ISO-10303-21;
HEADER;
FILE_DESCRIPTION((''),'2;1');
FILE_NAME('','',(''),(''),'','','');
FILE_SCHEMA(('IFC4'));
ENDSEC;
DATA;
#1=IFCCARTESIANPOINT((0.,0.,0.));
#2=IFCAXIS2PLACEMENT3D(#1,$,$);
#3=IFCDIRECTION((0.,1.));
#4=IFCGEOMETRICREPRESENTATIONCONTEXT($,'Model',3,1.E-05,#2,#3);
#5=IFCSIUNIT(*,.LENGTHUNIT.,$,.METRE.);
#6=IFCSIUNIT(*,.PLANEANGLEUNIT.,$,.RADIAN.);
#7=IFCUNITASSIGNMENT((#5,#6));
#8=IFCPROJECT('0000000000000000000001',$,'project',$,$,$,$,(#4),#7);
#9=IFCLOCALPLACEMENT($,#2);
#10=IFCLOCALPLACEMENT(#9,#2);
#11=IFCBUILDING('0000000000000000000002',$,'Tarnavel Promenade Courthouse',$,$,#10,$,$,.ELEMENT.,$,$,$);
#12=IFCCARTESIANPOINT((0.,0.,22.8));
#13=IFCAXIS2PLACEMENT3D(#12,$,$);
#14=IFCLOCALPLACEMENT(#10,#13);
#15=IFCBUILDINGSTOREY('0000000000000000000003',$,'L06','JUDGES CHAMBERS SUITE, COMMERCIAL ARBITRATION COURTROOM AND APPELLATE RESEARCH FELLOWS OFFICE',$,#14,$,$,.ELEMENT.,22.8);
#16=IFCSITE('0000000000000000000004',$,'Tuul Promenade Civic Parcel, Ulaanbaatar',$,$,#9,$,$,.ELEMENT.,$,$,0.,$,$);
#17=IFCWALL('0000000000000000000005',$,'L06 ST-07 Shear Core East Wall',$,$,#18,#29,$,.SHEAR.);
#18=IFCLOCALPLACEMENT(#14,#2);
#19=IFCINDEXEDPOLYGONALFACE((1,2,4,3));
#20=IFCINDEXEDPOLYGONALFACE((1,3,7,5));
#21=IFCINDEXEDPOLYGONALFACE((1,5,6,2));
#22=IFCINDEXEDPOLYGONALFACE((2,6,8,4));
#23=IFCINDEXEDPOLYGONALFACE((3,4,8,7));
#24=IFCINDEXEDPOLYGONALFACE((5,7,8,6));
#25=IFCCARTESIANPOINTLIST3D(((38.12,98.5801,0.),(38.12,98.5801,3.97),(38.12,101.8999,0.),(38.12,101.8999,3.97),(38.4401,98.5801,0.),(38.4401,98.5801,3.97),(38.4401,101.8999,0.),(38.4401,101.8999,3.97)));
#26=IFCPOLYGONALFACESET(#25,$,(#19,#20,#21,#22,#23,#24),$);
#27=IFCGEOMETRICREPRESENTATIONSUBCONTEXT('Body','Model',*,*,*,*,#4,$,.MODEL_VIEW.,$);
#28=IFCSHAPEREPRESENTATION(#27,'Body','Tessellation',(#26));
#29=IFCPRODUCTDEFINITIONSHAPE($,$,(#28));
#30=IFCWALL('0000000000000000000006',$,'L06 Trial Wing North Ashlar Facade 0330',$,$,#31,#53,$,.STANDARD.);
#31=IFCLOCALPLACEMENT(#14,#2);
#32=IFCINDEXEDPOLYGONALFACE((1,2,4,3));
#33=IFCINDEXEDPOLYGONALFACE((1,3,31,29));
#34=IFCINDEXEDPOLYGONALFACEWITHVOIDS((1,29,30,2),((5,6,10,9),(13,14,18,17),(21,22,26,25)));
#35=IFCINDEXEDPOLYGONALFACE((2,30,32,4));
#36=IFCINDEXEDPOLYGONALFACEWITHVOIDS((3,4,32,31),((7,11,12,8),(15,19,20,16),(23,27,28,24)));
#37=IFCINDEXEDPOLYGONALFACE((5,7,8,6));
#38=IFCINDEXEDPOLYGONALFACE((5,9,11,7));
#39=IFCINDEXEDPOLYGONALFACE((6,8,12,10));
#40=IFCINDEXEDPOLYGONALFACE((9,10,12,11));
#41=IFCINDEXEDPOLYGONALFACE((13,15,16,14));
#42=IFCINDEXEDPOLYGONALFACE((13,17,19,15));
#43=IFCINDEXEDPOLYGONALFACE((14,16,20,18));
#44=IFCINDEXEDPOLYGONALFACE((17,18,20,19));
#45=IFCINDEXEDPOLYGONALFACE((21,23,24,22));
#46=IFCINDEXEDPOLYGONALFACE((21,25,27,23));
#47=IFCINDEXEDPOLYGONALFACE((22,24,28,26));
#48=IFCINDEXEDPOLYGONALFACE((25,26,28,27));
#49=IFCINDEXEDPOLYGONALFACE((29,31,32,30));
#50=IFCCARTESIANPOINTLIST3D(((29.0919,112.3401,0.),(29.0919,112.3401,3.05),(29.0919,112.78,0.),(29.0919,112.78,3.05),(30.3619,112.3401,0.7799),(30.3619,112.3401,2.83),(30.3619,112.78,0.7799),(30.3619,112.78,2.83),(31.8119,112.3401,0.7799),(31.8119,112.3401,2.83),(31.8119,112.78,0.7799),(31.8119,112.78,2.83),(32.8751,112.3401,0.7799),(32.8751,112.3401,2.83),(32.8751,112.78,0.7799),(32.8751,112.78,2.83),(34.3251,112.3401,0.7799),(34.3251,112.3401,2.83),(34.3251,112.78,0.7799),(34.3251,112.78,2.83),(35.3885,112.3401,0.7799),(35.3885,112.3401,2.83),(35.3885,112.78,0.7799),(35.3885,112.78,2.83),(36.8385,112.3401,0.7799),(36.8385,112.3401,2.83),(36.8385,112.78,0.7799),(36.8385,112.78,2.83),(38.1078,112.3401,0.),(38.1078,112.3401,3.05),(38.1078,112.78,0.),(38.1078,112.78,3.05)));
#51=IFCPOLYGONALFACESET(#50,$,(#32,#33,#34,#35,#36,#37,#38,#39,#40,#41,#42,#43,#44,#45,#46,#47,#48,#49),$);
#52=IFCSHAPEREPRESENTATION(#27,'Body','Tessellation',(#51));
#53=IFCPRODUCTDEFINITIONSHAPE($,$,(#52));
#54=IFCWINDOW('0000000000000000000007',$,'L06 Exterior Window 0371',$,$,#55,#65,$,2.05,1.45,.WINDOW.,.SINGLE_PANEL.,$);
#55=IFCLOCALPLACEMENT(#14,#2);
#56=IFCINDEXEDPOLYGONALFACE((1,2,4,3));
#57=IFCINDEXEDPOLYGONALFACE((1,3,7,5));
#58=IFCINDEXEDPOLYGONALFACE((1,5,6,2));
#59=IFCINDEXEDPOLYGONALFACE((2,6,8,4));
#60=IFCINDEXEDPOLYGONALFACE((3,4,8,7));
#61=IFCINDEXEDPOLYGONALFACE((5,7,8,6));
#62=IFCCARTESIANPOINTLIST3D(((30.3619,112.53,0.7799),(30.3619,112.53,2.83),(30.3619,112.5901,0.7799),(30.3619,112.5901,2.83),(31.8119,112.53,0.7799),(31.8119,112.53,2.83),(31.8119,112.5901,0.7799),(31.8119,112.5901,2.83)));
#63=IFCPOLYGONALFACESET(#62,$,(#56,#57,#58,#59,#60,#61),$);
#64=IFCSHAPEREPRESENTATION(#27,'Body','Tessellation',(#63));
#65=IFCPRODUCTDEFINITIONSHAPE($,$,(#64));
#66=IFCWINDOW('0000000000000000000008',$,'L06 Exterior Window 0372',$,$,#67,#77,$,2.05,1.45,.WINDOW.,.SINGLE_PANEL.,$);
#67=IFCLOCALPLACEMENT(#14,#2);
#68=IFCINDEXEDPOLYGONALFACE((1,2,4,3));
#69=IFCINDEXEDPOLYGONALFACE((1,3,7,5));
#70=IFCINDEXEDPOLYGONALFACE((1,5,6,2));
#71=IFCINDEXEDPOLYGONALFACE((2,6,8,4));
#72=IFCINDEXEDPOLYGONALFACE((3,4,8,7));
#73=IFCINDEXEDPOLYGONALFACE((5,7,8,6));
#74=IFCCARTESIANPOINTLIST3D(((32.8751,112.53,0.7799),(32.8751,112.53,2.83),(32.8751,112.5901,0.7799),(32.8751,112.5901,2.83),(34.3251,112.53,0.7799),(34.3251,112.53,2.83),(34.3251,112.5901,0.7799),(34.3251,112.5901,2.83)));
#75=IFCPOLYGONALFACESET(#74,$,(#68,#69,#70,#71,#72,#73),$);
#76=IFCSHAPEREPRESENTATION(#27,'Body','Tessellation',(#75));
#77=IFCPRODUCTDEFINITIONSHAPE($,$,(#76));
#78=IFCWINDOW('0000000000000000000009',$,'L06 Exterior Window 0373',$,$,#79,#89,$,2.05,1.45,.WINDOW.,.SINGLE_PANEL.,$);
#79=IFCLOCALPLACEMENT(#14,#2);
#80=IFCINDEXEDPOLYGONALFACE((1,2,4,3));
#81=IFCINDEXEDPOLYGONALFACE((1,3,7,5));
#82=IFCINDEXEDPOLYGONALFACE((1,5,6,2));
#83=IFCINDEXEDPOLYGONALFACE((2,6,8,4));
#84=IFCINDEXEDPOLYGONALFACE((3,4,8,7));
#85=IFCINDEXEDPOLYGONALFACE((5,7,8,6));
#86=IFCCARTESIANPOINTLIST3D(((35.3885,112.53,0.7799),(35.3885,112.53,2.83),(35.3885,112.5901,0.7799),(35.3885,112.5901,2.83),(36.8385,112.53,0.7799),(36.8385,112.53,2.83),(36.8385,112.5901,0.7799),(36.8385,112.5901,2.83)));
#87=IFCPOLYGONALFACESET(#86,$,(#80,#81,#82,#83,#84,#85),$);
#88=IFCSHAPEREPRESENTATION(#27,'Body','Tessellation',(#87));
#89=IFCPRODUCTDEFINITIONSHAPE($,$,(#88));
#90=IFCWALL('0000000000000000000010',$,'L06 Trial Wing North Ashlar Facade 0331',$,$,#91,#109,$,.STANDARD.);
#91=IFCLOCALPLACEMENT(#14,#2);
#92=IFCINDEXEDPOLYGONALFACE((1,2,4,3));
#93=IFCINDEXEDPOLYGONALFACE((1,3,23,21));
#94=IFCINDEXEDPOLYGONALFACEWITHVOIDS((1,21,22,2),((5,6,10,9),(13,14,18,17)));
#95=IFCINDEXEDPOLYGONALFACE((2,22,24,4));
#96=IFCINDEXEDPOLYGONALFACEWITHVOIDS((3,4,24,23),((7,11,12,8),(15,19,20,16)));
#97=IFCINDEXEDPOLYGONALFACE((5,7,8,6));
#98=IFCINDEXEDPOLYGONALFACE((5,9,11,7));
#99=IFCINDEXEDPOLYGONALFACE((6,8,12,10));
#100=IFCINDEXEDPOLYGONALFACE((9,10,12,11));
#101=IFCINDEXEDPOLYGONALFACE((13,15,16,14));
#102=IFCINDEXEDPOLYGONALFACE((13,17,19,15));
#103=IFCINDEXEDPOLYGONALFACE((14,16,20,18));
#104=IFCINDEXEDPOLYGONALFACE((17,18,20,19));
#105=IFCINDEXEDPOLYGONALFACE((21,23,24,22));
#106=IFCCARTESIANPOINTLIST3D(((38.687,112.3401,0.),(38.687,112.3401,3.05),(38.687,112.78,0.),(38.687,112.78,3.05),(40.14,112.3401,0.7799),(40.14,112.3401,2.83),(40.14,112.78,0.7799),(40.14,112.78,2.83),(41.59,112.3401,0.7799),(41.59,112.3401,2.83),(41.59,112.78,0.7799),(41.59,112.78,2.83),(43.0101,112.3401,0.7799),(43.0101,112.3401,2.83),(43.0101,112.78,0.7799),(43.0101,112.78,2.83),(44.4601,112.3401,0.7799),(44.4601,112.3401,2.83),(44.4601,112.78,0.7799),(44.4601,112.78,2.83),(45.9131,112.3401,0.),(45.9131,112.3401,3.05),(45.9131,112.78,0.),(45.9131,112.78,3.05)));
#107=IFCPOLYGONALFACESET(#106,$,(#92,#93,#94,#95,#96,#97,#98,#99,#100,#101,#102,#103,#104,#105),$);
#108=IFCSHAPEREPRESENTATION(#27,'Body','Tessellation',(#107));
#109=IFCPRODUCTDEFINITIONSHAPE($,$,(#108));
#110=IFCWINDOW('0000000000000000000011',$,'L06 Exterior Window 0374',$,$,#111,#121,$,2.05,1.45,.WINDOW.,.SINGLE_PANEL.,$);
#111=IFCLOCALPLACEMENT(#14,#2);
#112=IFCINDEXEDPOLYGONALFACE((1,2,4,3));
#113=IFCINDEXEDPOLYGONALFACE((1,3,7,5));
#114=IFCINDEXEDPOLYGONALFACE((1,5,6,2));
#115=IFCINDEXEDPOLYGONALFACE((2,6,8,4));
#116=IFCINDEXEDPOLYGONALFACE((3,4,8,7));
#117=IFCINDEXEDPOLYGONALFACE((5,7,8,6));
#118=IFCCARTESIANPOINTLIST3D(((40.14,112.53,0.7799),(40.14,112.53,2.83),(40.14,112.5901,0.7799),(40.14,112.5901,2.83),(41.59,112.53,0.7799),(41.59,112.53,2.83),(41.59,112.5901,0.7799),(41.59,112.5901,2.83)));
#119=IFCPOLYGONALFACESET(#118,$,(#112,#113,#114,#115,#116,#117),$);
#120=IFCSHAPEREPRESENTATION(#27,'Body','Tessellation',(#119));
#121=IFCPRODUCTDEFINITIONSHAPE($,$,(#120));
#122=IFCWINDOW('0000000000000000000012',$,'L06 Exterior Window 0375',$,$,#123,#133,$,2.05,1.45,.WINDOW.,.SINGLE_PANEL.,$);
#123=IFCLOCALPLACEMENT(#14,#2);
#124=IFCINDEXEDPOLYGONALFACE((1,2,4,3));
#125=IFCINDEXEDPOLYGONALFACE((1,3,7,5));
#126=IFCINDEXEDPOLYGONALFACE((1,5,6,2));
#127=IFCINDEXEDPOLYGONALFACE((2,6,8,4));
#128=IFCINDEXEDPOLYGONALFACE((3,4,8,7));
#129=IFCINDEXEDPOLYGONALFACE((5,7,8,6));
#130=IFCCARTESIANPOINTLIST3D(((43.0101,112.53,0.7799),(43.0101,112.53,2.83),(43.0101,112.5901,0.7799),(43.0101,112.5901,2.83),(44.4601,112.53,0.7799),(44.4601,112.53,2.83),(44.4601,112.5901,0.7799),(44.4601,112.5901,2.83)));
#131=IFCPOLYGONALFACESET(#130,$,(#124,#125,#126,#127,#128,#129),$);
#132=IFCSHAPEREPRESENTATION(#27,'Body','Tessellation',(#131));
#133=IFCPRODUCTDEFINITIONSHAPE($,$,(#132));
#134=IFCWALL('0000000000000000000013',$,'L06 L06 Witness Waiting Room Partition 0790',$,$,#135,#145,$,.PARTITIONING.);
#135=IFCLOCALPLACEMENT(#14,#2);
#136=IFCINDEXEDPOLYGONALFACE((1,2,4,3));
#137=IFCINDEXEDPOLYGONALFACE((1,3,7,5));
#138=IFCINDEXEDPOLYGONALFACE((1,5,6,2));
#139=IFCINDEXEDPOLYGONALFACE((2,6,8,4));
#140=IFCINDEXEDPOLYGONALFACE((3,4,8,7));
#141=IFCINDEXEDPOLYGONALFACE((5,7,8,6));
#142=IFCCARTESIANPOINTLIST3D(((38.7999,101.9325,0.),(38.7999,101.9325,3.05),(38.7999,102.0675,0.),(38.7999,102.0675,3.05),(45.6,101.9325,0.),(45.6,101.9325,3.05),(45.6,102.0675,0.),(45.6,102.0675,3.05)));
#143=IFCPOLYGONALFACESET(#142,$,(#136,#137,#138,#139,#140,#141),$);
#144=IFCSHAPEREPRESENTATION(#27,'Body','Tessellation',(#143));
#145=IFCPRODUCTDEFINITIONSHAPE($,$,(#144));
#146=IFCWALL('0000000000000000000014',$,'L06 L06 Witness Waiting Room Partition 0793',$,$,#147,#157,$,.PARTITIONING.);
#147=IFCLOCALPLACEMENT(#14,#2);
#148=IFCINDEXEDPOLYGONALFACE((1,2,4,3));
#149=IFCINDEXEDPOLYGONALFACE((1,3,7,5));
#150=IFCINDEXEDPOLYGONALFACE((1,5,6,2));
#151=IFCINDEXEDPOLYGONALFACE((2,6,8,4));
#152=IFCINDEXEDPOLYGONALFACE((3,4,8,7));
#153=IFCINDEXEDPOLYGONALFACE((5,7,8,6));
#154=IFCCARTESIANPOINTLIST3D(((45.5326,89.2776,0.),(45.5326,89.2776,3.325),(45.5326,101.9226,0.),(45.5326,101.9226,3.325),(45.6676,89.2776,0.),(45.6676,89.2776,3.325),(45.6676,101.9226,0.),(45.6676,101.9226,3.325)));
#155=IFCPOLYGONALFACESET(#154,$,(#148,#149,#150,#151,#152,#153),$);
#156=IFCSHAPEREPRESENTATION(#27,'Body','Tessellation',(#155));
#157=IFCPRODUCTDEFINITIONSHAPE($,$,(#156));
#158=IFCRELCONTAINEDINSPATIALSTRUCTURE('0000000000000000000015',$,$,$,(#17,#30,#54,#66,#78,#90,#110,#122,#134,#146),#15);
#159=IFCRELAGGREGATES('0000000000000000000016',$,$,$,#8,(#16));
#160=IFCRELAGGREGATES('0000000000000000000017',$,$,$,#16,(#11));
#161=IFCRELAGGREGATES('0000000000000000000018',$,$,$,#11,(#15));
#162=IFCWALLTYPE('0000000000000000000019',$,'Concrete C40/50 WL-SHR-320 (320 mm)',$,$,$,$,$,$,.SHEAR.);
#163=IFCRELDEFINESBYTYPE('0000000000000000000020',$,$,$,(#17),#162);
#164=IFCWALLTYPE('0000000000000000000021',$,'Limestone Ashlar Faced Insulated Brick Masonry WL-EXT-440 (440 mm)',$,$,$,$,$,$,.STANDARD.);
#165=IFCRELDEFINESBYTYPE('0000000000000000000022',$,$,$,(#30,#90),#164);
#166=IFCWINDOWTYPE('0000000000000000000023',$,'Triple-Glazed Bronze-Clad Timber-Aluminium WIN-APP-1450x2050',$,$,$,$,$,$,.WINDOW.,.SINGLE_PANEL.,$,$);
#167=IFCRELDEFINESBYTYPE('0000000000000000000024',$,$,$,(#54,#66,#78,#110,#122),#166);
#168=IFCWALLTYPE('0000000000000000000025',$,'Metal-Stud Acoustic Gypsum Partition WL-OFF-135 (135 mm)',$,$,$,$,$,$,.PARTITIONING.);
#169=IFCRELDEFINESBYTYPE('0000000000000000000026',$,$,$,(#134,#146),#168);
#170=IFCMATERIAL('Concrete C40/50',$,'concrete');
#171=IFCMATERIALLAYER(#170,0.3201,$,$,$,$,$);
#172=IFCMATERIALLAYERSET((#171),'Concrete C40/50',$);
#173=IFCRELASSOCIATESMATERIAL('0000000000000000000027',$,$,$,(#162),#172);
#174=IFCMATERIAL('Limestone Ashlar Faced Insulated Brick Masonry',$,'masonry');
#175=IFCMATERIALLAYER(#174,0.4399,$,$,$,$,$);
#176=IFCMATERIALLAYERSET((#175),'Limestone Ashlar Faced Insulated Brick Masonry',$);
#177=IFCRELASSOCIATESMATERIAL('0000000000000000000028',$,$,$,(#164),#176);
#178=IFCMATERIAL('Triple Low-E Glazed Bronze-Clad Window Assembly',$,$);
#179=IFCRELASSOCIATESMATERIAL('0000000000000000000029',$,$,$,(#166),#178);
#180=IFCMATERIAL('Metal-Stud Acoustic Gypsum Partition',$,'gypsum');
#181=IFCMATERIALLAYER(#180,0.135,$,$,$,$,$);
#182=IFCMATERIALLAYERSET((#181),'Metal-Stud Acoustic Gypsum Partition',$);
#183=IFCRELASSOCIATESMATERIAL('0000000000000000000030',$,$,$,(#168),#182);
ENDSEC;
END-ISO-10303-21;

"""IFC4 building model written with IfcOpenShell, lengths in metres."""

from ifc_helpers import new_model, si_unit, direction, frame, frame_2d, origin, place, context, subcontext, project, spatial, rectangle, extrude, material, layer, layer_set, type_object, element, fill, save


model = new_model("IFC4")

# Units and contexts
model_context = context("Model", 3, precision=1e-05, world=origin(), true_north=direction((0.0, 1.0)))
body_context = subcontext(model_context, "Body", "Model", "MODEL_VIEW")
ifc_project = project(units=[si_unit("LENGTHUNIT", "METRE"), si_unit("PLANEANGLEUNIT", "RADIAN")], contexts=[model_context])

# Site, building, storey
site_placement = place(None, origin())
site = spatial("IfcSite", under=ifc_project, at=site_placement, Name="Tuul Promenade Civic Parcel, Ulaanbaatar", CompositionType="ELEMENT", RefElevation=0.0)
building_placement = place(site_placement, origin())
building = spatial("IfcBuilding", under=site, at=building_placement, Name="Tarnavel Promenade Courthouse", CompositionType="ELEMENT")
storey_placement = place(building_placement, frame((0.0, 0.0, 22.8)))
storey = spatial("IfcBuildingStorey", under=building, at=storey_placement, Name="L06", Description="JUDGES CHAMBERS SUITE, COMMERCIAL ARBITRATION COURTROOM AND APPELLATE RESEARCH FELLOWS OFFICE", CompositionType="ELEMENT", Elevation=22.8)

# Shared definitions
ifc_material_1 = material(Name="Concrete C40/50", Category="concrete")

# Shared definitions
ifc_layer_1 = layer(ifc_material_1, 0.3201)
ifc_layer_set_1 = layer_set([ifc_layer_1], Name="Concrete C40/50")
wall_type_1 = type_object("IfcWallType", Name="Concrete C40/50 WL-SHR-320 (320 mm)", PredefinedType="SHEAR", material=ifc_layer_set_1)

# Wall
wall_1_placement = place(storey_placement, frame((38.28, 101.8999, 0.0), z_axis=(0.0, 0.0, 1.0), x_axis=(0.0, -1.0, 0.0)))
element("IfcWall", 1, at=wall_1_placement, inside=storey, type_object=wall_type_1, Name="L06 ST-07 Shear Core East Wall", PredefinedType="SHEAR", context=body_context, shape_type="SweptSolid", body=[
    extrude(rectangle(XDim=3.3198, YDim=0.3201, at=frame_2d((1.6599, 0.0))), origin(), (0.0, 0.0, 1.0), 3.97),
])

# Walls, openings, windows
ifc_material_2 = material(Name="Limestone Ashlar Faced Insulated Brick Masonry", Category="masonry")
ifc_layer_2 = layer(ifc_material_2, 0.4399)
ifc_layer_set_2 = layer_set([ifc_layer_2], Name="Limestone Ashlar Faced Insulated Brick Masonry")
wall_type_2 = type_object("IfcWallType", Name="Limestone Ashlar Faced Insulated Brick Masonry WL-EXT-440 (440 mm)", PredefinedType="STANDARD", material=ifc_layer_set_2)
wall_2_placement = place(storey_placement, frame((29.092, 112.5601, 0.0), z_axis=(0.0, 0.0, 1.0), x_axis=(1.0, 0.0, 0.0)))
wall_2 = element("IfcWall", 2, at=wall_2_placement, inside=storey, type_object=wall_type_2, Name="L06 Trial Wing North Ashlar Facade 0330", PredefinedType="STANDARD", context=body_context, shape_type="SweptSolid", body=[
    extrude(rectangle(XDim=9.0159, YDim=0.4399, at=frame_2d((4.5078, 0.0))), origin(), (0.0, 0.0, 1.0), 3.05),
])
opening_1_placement = place(wall_2_placement, frame((1.2698, 0.0, 0.78)))
opening_1 = element("IfcOpeningElement", 3, at=opening_1_placement, cuts=wall_2, PredefinedType="OPENING", context=body_context, shape_type="SweptSolid", body=[
    extrude(rectangle(XDim=1.45, YDim=2.05, at=frame_2d((0.7251, 1.0249))), frame((0.0, 0.23, 0.0), z_axis=(0.0, -1.0, 0.0), x_axis=(1.0, 0.0, 0.0)), (0.0, 0.0, 1.0), 0.46),
])
opening_2_placement = place(wall_2_placement, frame((3.783, 0.0, 0.78)))
opening_2 = element("IfcOpeningElement", 4, at=opening_2_placement, cuts=wall_2, PredefinedType="OPENING", context=body_context, shape_type="SweptSolid", body=[
    extrude(rectangle(XDim=1.45, YDim=2.05, at=frame_2d((0.7251, 1.0249))), frame((0.0, 0.23, 0.0), z_axis=(0.0, -1.0, 0.0), x_axis=(1.0, 0.0, 0.0)), (0.0, 0.0, 1.0), 0.46),
])
opening_3_placement = place(wall_2_placement, frame((6.2964, 0.0, 0.78)))
opening_3 = element("IfcOpeningElement", 5, at=opening_3_placement, cuts=wall_2, PredefinedType="OPENING", context=body_context, shape_type="SweptSolid", body=[
    extrude(rectangle(XDim=1.45, YDim=2.05, at=frame_2d((0.7251, 1.0249))), frame((0.0, 0.23, 0.0), z_axis=(0.0, -1.0, 0.0), x_axis=(1.0, 0.0, 0.0)), (0.0, 0.0, 1.0), 0.46),
])
ifc_material_3 = material(Name="Triple Low-E Glazed Bronze-Clad Window Assembly")
window_type = type_object("IfcWindowType", Name="Triple-Glazed Bronze-Clad Timber-Aluminium WIN-APP-1450x2050", PartitioningType="SINGLE_PANEL", PredefinedType="WINDOW", material=ifc_material_3)
window_1_placement = place(opening_1_placement, origin())
window_1 = element("IfcWindow", 6, at=window_1_placement, inside=storey, type_object=window_type, Name="L06 Exterior Window 0371", OverallHeight=2.05, OverallWidth=1.45, PartitioningType="SINGLE_PANEL", PredefinedType="WINDOW", context=body_context, shape_type="SweptSolid", body=[
    extrude(rectangle(XDim=1.45, YDim=2.05, at=frame_2d((0.7251, 1.0249))), frame((0.0, 0.03, 0.0), z_axis=(0.0, -1.0, 0.0), x_axis=(1.0, 0.0, 0.0)), (0.0, 0.0, 1.0), 0.0601),
])
fill(opening_1, window_1)
window_2_placement = place(opening_2_placement, origin())
window_2 = element("IfcWindow", 7, at=window_2_placement, inside=storey, type_object=window_type, Name="L06 Exterior Window 0372", OverallHeight=2.05, OverallWidth=1.45, PartitioningType="SINGLE_PANEL", PredefinedType="WINDOW", context=body_context, shape_type="SweptSolid", body=[
    extrude(rectangle(XDim=1.45, YDim=2.05, at=frame_2d((0.7251, 1.0249))), frame((0.0, 0.03, 0.0), z_axis=(0.0, -1.0, 0.0), x_axis=(1.0, 0.0, 0.0)), (0.0, 0.0, 1.0), 0.0601),
])
fill(opening_2, window_2)
window_3_placement = place(opening_3_placement, origin())
window_3 = element("IfcWindow", 8, at=window_3_placement, inside=storey, type_object=window_type, Name="L06 Exterior Window 0373", OverallHeight=2.05, OverallWidth=1.45, PartitioningType="SINGLE_PANEL", PredefinedType="WINDOW", context=body_context, shape_type="SweptSolid", body=[
    extrude(rectangle(XDim=1.45, YDim=2.05, at=frame_2d((0.7251, 1.0249))), frame((0.0, 0.03, 0.0), z_axis=(0.0, -1.0, 0.0), x_axis=(1.0, 0.0, 0.0)), (0.0, 0.0, 1.0), 0.0601),
])
fill(opening_3, window_3)
wall_3_placement = place(storey_placement, frame((38.687, 112.5601, 0.0), z_axis=(0.0, 0.0, 1.0), x_axis=(1.0, 0.0, 0.0)))
wall_3 = element("IfcWall", 9, at=wall_3_placement, inside=storey, type_object=wall_type_2, Name="L06 Trial Wing North Ashlar Facade 0331", PredefinedType="STANDARD", context=body_context, shape_type="SweptSolid", body=[
    extrude(rectangle(XDim=7.2261, YDim=0.4399, at=frame_2d((3.613, 0.0))), origin(), (0.0, 0.0, 1.0), 3.05),
])
opening_4_placement = place(wall_3_placement, frame((1.4529, 0.0, 0.78)))
opening_4 = element("IfcOpeningElement", 10, at=opening_4_placement, cuts=wall_3, PredefinedType="OPENING", context=body_context, shape_type="SweptSolid", body=[
    extrude(rectangle(XDim=1.45, YDim=2.05, at=frame_2d((0.7251, 1.0249))), frame((0.0, 0.23, 0.0), z_axis=(0.0, -1.0, 0.0), x_axis=(1.0, 0.0, 0.0)), (0.0, 0.0, 1.0), 0.46),
])
opening_5_placement = place(wall_3_placement, frame((4.323, 0.0, 0.78)))
opening_5 = element("IfcOpeningElement", 11, at=opening_5_placement, cuts=wall_3, PredefinedType="OPENING", context=body_context, shape_type="SweptSolid", body=[
    extrude(rectangle(XDim=1.45, YDim=2.05, at=frame_2d((0.7251, 1.0249))), frame((0.0, 0.23, 0.0), z_axis=(0.0, -1.0, 0.0), x_axis=(1.0, 0.0, 0.0)), (0.0, 0.0, 1.0), 0.46),
])
window_4_placement = place(opening_4_placement, origin())
window_4 = element("IfcWindow", 12, at=window_4_placement, inside=storey, type_object=window_type, Name="L06 Exterior Window 0374", OverallHeight=2.05, OverallWidth=1.45, PartitioningType="SINGLE_PANEL", PredefinedType="WINDOW", context=body_context, shape_type="SweptSolid", body=[
    extrude(rectangle(XDim=1.45, YDim=2.05, at=frame_2d((0.7251, 1.0249))), frame((0.0, 0.03, 0.0), z_axis=(0.0, -1.0, 0.0), x_axis=(1.0, 0.0, 0.0)), (0.0, 0.0, 1.0), 0.0601),
])
fill(opening_4, window_4)
window_5_placement = place(opening_5_placement, origin())
window_5 = element("IfcWindow", 13, at=window_5_placement, inside=storey, type_object=window_type, Name="L06 Exterior Window 0375", OverallHeight=2.05, OverallWidth=1.45, PartitioningType="SINGLE_PANEL", PredefinedType="WINDOW", context=body_context, shape_type="SweptSolid", body=[
    extrude(rectangle(XDim=1.45, YDim=2.05, at=frame_2d((0.7251, 1.0249))), frame((0.0, 0.03, 0.0), z_axis=(0.0, -1.0, 0.0), x_axis=(1.0, 0.0, 0.0)), (0.0, 0.0, 1.0), 0.0601),
])
fill(opening_5, window_5)

# Walls
ifc_material_4 = material(Name="Metal-Stud Acoustic Gypsum Partition", Category="gypsum")
ifc_layer_3 = layer(ifc_material_4, 0.135)
ifc_layer_set_3 = layer_set([ifc_layer_3], Name="Metal-Stud Acoustic Gypsum Partition")
wall_type_3 = type_object("IfcWallType", Name="Metal-Stud Acoustic Gypsum Partition WL-OFF-135 (135 mm)", PredefinedType="PARTITIONING", material=ifc_layer_set_3)
wall_4_placement = place(storey_placement, frame((38.8, 102.0, 0.0), z_axis=(0.0, 0.0, 1.0), x_axis=(1.0, 0.0, 0.0)))
element("IfcWall", 14, at=wall_4_placement, inside=storey, type_object=wall_type_3, Name="L06 L06 Witness Waiting Room Partition 0790", PredefinedType="PARTITIONING", context=body_context, shape_type="SweptSolid", body=[
    extrude(rectangle(XDim=6.8, YDim=0.135, at=frame_2d((3.3999, 0.0))), origin(), (0.0, 0.0, 1.0), 3.05),
])
wall_5_placement = place(storey_placement, frame((45.6001, 101.9226, 0.0), z_axis=(0.0, 0.0, 1.0), x_axis=(0.0, -1.0, 0.0)))
element("IfcWall", 15, at=wall_5_placement, inside=storey, type_object=wall_type_3, Name="L06 L06 Witness Waiting Room Partition 0793", PredefinedType="PARTITIONING", context=body_context, shape_type="SweptSolid", body=[
    extrude(rectangle(XDim=12.645, YDim=0.135, at=frame_2d((6.3225, 0.0))), origin(), (0.0, 0.0, 1.0), 3.325),
])

save(model, "model.ifc")
